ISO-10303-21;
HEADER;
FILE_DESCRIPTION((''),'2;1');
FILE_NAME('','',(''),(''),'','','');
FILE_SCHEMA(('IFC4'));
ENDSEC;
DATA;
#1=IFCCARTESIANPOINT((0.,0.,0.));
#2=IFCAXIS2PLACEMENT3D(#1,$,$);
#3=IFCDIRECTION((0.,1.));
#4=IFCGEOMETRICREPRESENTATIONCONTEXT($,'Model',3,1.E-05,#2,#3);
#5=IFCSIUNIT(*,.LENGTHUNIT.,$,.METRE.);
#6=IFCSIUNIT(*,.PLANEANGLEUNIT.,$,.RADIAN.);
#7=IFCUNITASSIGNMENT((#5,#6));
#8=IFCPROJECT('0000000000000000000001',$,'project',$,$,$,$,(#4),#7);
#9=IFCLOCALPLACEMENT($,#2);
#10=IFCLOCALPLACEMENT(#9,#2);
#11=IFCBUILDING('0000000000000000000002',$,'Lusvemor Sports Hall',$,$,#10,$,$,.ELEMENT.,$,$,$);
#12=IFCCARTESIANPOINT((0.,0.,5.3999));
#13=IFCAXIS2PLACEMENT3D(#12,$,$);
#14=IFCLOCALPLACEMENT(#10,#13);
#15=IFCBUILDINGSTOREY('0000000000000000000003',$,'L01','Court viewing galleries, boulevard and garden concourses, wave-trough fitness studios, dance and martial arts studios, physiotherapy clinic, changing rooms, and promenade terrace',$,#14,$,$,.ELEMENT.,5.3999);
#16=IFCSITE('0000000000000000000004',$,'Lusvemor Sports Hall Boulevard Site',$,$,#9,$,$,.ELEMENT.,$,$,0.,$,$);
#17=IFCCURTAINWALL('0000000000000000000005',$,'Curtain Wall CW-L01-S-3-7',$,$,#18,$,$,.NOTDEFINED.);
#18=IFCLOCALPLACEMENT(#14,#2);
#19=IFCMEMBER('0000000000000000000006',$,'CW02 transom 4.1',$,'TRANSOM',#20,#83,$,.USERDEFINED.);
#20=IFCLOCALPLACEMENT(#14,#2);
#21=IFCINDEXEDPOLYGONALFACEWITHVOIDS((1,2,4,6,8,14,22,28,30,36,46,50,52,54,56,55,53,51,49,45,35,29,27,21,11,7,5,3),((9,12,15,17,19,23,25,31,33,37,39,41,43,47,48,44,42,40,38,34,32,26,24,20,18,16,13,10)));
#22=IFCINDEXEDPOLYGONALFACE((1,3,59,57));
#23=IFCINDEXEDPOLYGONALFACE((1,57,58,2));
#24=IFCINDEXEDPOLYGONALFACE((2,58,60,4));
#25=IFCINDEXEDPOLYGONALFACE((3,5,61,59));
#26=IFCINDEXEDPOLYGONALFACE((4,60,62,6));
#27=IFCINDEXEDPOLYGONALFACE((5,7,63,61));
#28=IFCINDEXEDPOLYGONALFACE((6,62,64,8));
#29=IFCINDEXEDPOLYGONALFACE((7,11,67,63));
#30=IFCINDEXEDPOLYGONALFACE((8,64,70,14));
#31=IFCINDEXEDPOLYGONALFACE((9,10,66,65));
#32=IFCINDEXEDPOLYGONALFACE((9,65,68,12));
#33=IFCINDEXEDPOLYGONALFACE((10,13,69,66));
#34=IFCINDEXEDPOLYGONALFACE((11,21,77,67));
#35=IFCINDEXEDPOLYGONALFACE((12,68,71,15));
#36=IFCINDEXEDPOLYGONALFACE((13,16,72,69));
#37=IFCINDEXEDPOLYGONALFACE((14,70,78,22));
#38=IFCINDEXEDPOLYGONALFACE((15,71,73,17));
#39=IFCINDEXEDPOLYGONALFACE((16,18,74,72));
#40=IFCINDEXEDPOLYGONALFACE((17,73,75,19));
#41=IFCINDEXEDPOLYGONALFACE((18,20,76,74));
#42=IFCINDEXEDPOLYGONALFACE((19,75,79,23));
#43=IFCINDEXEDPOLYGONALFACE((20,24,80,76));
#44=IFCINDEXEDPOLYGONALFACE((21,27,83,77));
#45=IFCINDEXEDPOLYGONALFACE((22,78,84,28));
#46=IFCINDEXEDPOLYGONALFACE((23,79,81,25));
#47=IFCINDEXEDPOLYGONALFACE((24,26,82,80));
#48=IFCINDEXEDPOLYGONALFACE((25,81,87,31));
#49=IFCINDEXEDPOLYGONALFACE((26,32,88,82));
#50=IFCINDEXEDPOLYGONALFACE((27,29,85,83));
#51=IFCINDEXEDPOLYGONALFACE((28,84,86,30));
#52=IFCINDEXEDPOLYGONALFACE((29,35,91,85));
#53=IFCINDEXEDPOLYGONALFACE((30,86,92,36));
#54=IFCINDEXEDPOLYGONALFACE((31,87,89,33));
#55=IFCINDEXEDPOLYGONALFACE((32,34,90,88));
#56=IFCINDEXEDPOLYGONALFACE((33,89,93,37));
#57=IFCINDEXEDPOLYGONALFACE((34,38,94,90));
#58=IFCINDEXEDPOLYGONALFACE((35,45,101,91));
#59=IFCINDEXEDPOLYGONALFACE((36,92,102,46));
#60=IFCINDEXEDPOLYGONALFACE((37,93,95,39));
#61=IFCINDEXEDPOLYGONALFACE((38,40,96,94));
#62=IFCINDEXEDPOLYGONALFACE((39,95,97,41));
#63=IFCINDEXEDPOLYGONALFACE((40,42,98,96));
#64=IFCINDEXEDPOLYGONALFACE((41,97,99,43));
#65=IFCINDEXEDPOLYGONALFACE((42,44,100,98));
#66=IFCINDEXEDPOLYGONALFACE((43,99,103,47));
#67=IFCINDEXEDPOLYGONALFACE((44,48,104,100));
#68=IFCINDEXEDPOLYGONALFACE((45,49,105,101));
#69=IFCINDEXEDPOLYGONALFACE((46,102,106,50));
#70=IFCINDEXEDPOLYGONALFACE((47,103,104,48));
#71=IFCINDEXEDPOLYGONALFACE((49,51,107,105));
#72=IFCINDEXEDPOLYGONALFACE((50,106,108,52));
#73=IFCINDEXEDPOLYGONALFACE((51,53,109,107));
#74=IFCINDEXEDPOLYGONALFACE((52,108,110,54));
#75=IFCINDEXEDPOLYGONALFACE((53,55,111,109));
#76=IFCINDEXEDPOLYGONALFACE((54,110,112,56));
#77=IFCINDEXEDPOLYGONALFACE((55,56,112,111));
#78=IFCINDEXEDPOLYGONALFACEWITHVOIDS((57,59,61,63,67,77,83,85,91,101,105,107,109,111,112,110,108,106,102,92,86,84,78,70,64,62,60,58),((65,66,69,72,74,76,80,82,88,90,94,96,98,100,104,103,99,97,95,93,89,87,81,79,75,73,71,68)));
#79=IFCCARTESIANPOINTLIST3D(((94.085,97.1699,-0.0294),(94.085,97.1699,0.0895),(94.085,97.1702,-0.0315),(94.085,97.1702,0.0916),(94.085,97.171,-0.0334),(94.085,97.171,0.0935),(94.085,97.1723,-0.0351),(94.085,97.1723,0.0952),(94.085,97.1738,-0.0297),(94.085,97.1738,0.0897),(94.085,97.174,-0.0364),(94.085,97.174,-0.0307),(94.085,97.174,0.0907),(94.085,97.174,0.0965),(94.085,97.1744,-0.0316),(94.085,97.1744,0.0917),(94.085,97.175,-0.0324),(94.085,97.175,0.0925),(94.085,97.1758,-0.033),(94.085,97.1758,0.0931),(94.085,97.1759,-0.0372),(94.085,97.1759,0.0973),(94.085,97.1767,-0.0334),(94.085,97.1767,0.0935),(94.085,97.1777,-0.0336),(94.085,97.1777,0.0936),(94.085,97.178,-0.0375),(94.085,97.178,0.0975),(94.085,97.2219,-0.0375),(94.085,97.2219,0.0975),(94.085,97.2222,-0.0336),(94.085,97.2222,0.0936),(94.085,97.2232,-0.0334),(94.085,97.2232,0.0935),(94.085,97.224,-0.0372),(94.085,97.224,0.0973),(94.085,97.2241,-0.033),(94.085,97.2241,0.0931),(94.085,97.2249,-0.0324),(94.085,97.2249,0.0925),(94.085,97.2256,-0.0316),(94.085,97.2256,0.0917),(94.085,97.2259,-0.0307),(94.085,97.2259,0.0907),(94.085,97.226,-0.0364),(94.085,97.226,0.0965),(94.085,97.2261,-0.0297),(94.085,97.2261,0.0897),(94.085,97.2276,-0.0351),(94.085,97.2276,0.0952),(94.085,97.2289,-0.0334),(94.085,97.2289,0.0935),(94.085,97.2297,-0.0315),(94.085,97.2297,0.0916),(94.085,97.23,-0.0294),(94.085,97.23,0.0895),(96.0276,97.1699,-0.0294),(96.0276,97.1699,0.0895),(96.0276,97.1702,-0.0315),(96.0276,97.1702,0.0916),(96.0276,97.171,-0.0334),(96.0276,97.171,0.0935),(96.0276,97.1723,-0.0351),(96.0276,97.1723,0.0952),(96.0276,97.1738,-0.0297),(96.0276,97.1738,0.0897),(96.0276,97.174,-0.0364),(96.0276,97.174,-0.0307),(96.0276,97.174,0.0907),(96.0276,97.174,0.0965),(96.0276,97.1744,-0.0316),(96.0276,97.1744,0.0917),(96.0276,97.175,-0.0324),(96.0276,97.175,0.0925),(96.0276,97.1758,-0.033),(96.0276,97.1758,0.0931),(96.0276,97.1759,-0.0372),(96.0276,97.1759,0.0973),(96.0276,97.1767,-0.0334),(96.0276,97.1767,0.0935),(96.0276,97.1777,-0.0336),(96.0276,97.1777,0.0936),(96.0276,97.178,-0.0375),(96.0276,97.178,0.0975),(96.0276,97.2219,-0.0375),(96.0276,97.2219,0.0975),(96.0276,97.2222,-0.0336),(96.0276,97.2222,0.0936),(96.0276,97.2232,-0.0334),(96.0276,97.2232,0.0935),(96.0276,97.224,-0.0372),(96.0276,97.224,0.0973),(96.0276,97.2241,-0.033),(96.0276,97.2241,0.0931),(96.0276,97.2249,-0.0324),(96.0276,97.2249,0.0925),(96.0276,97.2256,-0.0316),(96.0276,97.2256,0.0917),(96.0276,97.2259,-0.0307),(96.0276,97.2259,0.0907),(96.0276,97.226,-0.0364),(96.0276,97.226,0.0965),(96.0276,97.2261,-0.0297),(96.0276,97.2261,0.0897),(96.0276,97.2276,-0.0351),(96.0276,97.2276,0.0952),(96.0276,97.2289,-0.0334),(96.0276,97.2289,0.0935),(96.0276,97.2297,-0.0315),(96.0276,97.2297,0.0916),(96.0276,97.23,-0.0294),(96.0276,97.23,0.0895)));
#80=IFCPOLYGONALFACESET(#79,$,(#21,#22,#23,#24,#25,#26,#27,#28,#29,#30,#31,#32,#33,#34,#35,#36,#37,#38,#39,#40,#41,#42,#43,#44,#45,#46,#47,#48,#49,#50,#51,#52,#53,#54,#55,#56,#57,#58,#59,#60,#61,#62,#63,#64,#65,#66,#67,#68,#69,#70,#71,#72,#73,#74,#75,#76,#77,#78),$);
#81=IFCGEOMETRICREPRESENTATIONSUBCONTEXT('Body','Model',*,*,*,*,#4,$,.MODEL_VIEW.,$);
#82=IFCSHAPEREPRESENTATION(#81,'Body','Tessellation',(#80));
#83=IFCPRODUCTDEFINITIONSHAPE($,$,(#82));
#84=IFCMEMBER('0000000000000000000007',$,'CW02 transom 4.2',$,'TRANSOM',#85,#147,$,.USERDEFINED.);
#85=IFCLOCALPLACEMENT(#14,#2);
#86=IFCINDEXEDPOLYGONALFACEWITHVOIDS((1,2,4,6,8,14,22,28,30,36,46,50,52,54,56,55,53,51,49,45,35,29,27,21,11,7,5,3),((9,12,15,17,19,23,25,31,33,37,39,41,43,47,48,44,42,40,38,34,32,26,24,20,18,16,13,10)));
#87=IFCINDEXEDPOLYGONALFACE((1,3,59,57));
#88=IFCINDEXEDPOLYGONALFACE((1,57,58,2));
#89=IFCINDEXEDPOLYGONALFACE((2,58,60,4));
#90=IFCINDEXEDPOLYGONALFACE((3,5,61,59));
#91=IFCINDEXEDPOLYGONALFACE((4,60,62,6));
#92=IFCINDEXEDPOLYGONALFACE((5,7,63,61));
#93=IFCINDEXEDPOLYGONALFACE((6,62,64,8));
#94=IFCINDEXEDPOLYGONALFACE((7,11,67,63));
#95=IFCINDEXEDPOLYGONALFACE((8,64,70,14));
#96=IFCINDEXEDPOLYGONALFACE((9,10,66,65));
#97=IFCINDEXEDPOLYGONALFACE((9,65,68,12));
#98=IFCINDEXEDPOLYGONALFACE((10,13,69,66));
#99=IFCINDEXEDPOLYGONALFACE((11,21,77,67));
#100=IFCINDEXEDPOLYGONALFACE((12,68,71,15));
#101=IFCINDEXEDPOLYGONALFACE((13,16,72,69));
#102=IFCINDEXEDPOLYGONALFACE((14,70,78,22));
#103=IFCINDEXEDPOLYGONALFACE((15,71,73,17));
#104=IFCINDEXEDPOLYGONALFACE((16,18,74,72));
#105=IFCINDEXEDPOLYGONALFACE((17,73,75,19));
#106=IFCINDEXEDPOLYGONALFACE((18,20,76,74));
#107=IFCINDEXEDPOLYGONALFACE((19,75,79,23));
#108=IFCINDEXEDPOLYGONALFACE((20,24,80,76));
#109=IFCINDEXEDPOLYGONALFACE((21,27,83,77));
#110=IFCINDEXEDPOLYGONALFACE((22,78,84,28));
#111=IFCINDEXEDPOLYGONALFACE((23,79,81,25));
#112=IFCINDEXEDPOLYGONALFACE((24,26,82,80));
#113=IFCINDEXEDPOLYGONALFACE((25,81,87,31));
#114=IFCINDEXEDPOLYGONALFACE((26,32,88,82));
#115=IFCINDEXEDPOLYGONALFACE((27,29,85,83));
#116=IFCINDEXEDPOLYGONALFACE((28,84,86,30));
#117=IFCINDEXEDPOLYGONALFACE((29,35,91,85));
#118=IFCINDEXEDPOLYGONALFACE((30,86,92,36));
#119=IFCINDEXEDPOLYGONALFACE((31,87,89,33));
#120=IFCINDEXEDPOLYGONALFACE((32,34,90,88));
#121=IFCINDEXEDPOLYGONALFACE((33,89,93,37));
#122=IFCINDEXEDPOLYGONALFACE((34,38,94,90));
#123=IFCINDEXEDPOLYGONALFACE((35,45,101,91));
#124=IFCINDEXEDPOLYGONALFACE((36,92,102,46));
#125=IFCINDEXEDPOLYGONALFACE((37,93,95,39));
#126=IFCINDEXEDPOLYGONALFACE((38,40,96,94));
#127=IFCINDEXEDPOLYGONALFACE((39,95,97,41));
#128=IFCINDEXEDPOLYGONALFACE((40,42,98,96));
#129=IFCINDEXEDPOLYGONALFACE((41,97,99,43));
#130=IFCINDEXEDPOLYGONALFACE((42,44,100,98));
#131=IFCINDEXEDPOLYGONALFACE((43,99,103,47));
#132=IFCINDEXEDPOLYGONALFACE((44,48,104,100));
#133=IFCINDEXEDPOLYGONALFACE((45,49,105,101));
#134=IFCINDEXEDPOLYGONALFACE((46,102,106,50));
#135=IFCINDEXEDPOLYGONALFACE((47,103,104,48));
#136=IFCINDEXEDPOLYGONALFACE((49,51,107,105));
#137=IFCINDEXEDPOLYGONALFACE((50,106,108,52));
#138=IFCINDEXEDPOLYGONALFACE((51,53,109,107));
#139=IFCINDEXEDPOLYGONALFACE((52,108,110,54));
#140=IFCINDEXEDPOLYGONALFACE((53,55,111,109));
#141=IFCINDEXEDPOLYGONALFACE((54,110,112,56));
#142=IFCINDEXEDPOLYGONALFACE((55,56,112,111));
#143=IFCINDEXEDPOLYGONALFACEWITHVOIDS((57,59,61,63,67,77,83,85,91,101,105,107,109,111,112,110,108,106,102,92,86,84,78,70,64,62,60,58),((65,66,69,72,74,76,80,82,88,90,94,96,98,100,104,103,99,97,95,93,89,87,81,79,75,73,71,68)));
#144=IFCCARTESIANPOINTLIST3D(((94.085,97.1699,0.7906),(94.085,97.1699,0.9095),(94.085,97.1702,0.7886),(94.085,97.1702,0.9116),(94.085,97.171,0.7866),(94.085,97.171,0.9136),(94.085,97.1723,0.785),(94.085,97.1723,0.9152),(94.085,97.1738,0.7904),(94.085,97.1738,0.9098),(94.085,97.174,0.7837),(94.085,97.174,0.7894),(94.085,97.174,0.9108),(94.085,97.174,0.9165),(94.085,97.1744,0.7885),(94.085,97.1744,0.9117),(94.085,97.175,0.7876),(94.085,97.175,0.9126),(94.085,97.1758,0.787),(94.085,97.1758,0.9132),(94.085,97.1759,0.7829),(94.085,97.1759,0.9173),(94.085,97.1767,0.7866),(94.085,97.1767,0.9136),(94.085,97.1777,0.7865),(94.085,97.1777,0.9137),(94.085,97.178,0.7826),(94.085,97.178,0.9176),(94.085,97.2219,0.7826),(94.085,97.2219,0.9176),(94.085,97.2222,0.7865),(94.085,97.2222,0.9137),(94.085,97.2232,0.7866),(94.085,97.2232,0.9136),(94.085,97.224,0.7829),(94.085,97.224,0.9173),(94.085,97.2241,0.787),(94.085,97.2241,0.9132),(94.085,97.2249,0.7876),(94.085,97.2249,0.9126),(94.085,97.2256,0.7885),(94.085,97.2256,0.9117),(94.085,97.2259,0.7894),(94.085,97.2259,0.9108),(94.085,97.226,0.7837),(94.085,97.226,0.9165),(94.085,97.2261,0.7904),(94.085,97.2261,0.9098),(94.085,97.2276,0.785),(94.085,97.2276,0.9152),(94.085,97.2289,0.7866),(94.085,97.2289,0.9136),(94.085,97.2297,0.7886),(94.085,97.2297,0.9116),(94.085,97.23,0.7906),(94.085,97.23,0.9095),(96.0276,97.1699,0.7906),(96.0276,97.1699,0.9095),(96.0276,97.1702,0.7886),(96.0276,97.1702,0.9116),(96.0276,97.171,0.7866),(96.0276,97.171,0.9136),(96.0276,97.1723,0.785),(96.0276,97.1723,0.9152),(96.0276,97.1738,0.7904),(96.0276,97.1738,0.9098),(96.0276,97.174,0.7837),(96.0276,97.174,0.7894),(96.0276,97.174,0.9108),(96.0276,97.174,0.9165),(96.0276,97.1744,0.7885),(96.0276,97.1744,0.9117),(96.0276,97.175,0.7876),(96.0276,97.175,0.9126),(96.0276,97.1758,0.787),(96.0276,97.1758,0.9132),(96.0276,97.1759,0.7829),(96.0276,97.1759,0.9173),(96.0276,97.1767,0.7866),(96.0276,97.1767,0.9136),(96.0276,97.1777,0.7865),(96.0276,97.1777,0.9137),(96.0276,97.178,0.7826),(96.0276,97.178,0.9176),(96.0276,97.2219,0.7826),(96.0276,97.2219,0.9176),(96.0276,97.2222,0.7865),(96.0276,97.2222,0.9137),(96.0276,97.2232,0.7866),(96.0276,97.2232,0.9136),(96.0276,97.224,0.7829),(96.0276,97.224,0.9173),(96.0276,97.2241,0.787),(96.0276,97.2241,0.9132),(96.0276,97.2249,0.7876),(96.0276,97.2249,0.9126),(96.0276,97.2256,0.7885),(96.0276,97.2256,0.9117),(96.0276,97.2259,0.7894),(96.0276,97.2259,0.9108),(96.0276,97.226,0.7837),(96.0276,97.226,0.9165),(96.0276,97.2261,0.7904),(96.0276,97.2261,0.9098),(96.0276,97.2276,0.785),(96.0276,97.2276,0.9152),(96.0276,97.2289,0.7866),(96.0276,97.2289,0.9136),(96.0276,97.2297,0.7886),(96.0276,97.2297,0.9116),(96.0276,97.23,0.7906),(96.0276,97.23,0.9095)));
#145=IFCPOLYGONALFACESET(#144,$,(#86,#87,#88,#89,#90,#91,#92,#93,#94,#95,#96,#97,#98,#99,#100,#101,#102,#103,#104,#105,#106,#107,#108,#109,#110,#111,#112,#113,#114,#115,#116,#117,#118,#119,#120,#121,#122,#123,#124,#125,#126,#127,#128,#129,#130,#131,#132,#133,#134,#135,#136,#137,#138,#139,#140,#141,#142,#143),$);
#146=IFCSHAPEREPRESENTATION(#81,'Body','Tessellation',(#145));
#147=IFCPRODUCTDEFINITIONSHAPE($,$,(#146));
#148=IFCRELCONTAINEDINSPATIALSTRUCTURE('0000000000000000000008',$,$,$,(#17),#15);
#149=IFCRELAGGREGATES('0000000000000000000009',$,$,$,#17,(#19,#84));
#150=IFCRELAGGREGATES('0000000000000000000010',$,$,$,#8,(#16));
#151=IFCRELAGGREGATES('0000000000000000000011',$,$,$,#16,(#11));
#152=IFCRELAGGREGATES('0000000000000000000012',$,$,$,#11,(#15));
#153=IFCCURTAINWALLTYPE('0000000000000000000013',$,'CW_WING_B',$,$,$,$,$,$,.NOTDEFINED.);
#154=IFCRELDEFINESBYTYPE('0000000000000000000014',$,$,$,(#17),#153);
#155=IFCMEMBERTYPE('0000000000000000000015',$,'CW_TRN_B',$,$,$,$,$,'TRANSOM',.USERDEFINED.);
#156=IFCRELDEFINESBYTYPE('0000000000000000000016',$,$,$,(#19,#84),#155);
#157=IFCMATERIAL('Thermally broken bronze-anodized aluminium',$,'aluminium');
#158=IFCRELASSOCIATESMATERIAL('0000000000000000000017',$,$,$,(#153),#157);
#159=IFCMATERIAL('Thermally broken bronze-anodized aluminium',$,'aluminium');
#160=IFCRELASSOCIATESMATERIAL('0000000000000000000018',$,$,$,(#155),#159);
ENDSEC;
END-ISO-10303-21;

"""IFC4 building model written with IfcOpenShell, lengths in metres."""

from ifc_helpers import new_model, si_unit, direction, frame, origin, origin_2d, place, context, subcontext, project, spatial, hollow_rectangle, extrude, material, material_profile, profile_set, type_object, element, aggregate, save


model = new_model("IFC4")

# Units and contexts
model_context = context("Model", 3, precision=1e-05, world=origin(), true_north=direction((0.0, 1.0)))
body_context = subcontext(model_context, "Body", "Model", "MODEL_VIEW")
ifc_project = project(units=[si_unit("LENGTHUNIT", "METRE"), si_unit("PLANEANGLEUNIT", "RADIAN")], contexts=[model_context])

# Site, building, storey
site_placement = place(None, origin())
site = spatial("IfcSite", under=ifc_project, at=site_placement, Name="Lusvemor Sports Hall Boulevard Site", CompositionType="ELEMENT", RefElevation=0.0)
building_placement = place(site_placement, origin())
building = spatial("IfcBuilding", under=site, at=building_placement, Name="Lusvemor Sports Hall", CompositionType="ELEMENT")
storey_placement = place(building_placement, frame((0.0, 0.0, 5.3999)))
storey = spatial("IfcBuildingStorey", under=building, at=storey_placement, Name="L01", Description="Court viewing galleries, boulevard and garden concourses, wave-trough fitness studios, dance and martial arts studios, physiotherapy clinic, changing rooms, and promenade terrace", CompositionType="ELEMENT", Elevation=5.3999)

# Curtain wall, members
ifc_material_1 = material(Name="Thermally broken bronze-anodized aluminium", Category="aluminium")
curtain_wall_type = type_object("IfcCurtainWallType", Name="CW_WING_B", PredefinedType="NOTDEFINED", material=ifc_material_1)
curtain_wall_placement = place(storey_placement, origin())
curtain_wall = element("IfcCurtainWall", 1, at=curtain_wall_placement, inside=storey, type_object=curtain_wall_type, Name="Curtain Wall CW-L01-S-3-7", PredefinedType="NOTDEFINED")
ifc_material_2 = material(Name="Thermally broken bronze-anodized aluminium", Category="aluminium")
ifc_material_profile_1 = material_profile(ifc_material_2, hollow_rectangle(XDim=0.0601, YDim=0.135, WallThickness=0.0039, InnerFilletRadius=0.0039, OuterFilletRadius=0.0081, at=origin_2d()), Name="CWTRN135x60x4")
ifc_profile_set_1 = profile_set([ifc_material_profile_1], Name="Thermally broken bronze-anodized aluminium")
member_type_1 = type_object("IfcMemberType", Name="CW_TRN_B", ElementType="TRANSOM", PredefinedType="USERDEFINED", material=ifc_profile_set_1)
member_1_placement = place(storey_placement, frame((96.0276, 97.2, 0.03), z_axis=(-1.0, 0.0, 0.0), x_axis=(0.0, -1.0, 0.0)))
member_1 = element("IfcMember", 2, at=member_1_placement, type_object=member_type_1, Name="CW02 transom 4.1", ObjectType="TRANSOM", PredefinedType="USERDEFINED", context=body_context, shape_type="SweptSolid", body=[
    extrude(hollow_rectangle(XDim=0.0601, YDim=0.135, WallThickness=0.0039, InnerFilletRadius=0.0039, OuterFilletRadius=0.0081, at=origin_2d()), origin(), (0.0, 0.0, 1.0), 1.9426),
])
member_2_placement = place(storey_placement, frame((96.0276, 97.2, 0.8501), z_axis=(-1.0, 0.0, 0.0), x_axis=(0.0, -1.0, 0.0)))
member_2 = element("IfcMember", 3, at=member_2_placement, type_object=member_type_1, Name="CW02 transom 4.2", ObjectType="TRANSOM", PredefinedType="USERDEFINED", context=body_context, shape_type="SweptSolid", body=[
    extrude(hollow_rectangle(XDim=0.0601, YDim=0.135, WallThickness=0.0039, InnerFilletRadius=0.0039, OuterFilletRadius=0.0081, at=origin_2d()), origin(), (0.0, 0.0, 1.0), 1.9426),
])

aggregate(curtain_wall, [member_1, member_2])

save(model, "model.ifc")
